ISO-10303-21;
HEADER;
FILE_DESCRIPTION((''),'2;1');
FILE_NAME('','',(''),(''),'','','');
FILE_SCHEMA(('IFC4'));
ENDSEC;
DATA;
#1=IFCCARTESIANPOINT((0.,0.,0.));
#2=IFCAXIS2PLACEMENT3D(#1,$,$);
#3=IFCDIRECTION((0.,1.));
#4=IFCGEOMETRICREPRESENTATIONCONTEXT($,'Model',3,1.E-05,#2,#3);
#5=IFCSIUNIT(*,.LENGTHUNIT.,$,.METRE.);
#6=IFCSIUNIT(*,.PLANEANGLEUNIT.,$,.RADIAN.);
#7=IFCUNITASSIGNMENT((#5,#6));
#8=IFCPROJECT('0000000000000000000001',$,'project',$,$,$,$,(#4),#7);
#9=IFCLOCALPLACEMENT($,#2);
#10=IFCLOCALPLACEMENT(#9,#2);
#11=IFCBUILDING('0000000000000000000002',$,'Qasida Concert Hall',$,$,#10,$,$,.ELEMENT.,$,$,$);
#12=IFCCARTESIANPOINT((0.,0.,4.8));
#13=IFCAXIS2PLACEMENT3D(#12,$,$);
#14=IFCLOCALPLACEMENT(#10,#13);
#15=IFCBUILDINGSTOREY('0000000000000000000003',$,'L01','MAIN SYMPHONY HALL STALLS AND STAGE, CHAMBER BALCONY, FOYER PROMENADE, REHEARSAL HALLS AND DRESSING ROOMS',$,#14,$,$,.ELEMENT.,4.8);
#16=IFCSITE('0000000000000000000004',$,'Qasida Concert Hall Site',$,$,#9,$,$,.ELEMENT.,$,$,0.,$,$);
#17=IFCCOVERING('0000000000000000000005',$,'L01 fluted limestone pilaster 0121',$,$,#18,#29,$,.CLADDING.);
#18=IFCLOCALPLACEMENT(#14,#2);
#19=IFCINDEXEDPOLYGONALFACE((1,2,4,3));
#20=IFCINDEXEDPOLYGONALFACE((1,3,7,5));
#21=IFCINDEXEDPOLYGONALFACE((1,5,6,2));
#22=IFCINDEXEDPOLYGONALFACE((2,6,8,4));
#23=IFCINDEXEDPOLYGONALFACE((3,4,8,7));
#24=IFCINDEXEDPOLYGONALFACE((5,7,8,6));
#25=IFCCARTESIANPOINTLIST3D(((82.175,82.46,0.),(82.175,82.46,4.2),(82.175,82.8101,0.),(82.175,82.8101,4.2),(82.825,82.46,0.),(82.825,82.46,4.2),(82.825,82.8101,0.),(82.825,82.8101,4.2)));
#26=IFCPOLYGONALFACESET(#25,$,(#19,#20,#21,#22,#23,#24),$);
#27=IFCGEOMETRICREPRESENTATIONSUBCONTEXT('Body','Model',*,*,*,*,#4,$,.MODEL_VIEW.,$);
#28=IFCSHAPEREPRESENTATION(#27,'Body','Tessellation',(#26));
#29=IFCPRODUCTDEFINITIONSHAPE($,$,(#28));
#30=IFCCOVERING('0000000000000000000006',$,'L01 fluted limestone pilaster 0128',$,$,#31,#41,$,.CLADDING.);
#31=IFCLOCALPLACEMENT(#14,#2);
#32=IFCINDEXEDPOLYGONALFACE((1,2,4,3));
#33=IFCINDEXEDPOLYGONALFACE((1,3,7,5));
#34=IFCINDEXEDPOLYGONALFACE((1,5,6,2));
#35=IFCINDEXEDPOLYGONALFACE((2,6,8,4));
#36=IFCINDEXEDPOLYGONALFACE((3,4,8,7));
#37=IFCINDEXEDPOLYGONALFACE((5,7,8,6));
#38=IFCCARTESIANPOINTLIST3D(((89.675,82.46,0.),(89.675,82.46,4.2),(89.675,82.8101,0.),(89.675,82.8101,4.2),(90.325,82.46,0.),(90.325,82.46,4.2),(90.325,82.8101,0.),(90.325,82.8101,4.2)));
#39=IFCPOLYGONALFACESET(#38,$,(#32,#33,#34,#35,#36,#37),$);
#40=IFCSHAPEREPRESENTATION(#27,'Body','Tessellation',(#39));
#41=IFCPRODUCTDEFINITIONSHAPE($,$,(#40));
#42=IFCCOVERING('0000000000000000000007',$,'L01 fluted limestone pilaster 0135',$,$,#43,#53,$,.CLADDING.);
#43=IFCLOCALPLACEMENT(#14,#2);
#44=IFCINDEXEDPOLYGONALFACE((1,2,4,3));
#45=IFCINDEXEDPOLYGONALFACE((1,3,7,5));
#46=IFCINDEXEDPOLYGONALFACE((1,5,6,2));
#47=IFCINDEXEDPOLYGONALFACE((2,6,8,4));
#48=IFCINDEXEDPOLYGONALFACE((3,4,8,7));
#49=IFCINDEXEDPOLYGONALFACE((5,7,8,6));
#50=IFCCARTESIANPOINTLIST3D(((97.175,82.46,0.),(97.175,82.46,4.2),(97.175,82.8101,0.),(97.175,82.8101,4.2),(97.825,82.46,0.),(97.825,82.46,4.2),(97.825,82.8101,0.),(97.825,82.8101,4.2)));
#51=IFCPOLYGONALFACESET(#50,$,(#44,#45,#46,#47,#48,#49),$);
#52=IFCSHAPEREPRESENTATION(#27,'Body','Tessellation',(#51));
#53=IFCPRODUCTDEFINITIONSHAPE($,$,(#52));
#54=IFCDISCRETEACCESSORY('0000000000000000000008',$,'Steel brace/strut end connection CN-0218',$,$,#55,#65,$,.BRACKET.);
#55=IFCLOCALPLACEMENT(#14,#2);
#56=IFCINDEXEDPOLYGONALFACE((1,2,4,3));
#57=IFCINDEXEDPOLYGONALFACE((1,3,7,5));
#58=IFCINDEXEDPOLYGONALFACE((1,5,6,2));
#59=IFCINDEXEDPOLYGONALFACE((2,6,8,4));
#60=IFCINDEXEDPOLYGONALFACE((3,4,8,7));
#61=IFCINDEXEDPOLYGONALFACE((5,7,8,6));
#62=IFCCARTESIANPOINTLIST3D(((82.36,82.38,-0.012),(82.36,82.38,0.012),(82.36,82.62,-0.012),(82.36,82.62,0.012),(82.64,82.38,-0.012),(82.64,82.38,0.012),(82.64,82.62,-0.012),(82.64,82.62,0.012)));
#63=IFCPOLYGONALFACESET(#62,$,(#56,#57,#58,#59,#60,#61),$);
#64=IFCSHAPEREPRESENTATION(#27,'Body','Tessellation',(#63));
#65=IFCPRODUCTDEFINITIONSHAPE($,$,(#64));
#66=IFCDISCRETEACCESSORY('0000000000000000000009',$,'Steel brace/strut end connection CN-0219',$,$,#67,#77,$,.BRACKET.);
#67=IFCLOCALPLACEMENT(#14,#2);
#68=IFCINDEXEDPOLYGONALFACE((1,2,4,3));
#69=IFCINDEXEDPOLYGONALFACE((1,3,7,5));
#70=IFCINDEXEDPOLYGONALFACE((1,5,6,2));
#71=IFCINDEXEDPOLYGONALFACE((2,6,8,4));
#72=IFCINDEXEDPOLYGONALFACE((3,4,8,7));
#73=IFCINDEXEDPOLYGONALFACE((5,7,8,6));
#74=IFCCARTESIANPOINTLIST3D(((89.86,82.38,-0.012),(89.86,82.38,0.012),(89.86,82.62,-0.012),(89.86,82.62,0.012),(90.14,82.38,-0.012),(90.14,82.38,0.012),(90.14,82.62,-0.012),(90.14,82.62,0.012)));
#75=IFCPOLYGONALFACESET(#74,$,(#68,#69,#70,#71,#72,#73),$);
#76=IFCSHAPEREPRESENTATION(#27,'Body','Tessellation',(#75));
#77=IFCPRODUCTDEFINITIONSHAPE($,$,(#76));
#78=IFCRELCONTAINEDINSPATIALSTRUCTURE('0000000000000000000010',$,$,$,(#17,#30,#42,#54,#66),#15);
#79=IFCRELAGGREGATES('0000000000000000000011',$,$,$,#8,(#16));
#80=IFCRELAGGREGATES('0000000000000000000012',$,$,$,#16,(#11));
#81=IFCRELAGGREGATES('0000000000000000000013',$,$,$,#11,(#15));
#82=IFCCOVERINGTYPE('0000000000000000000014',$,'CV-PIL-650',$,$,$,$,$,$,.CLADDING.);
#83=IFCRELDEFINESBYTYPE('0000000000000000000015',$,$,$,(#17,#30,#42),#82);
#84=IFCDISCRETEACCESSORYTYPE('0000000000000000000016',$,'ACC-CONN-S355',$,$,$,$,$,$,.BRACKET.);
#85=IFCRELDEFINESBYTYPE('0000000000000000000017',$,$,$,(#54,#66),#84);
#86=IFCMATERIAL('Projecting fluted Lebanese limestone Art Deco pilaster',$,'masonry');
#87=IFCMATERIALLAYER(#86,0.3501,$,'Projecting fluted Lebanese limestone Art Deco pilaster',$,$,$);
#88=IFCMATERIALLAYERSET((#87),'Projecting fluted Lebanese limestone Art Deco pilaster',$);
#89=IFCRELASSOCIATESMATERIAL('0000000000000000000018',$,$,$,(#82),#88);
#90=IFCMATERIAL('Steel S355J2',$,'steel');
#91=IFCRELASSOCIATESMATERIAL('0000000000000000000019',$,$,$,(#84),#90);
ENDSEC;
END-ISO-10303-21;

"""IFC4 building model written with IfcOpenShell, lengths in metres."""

from ifc_helpers import new_model, si_unit, direction, frame, origin, origin_2d, place, context, subcontext, project, spatial, rectangle, extrude, material, layer, layer_set, type_object, element, save


model = new_model("IFC4")

# Units and contexts
model_context = context("Model", 3, precision=1e-05, world=origin(), true_north=direction((0.0, 1.0)))
body_context = subcontext(model_context, "Body", "Model", "MODEL_VIEW")
ifc_project = project(units=[si_unit("LENGTHUNIT", "METRE"), si_unit("PLANEANGLEUNIT", "RADIAN")], contexts=[model_context])

# Site, building, storey
site_placement = place(None, origin())
site = spatial("IfcSite", under=ifc_project, at=site_placement, Name="Qasida Concert Hall Site", CompositionType="ELEMENT", RefElevation=0.0)
building_placement = place(site_placement, origin())
building = spatial("IfcBuilding", under=site, at=building_placement, Name="Qasida Concert Hall", CompositionType="ELEMENT")
storey_placement = place(building_placement, frame((0.0, 0.0, 4.8)))
storey = spatial("IfcBuildingStorey", under=building, at=storey_placement, Name="L01", Description="MAIN SYMPHONY HALL STALLS AND STAGE, CHAMBER BALCONY, FOYER PROMENADE, REHEARSAL HALLS AND DRESSING ROOMS", CompositionType="ELEMENT", Elevation=4.8)

# Shared definitions
ifc_material_1 = material(Name="Steel S355J2", Category="steel")

# Coverings
ifc_material_2 = material(Name="Projecting fluted Lebanese limestone Art Deco pilaster", Category="masonry")
ifc_layer_1 = layer(ifc_material_2, 0.3501, Name="Projecting fluted Lebanese limestone Art Deco pilaster")
ifc_layer_set_1 = layer_set([ifc_layer_1], Name="Projecting fluted Lebanese limestone Art Deco pilaster")
covering_type = type_object("IfcCoveringType", Name="CV-PIL-650", PredefinedType="CLADDING", material=ifc_layer_set_1)
for number, where, z_axis, x_axis, name in (
    (1, (82.5, 82.635, 0.0), (0.0, 0.0, 1.0), (1.0, 0.0, 0.0), "L01 fluted limestone pilaster 0121"),
    (2, (90.0, 82.635, 0.0), (0.0, 0.0, 1.0), (1.0, 0.0, 0.0), "L01 fluted limestone pilaster 0128"),
    (3, (97.5, 82.635, 0.0), (0.0, 0.0, 1.0), (1.0, 0.0, 0.0), "L01 fluted limestone pilaster 0135"),
):
    element("IfcCovering", number, at=place(storey_placement, frame(where, z_axis=z_axis, x_axis=x_axis)), inside=storey, type_object=covering_type, Name=name, PredefinedType="CLADDING", context=body_context, shape_type="SweptSolid", body=[
        extrude(rectangle(XDim=0.6499, YDim=0.3501, at=origin_2d()), origin(), (0.0, 0.0, 1.0), 4.2),
    ])

# Discrete accessories
discrete_accessory_type = type_object("IfcDiscreteAccessoryType", Name="ACC-CONN-S355", PredefinedType="BRACKET", material=ifc_material_1)
for number, where, z_axis, x_axis, name in (
    (4, (82.5, 82.5, -0.012), (0.0, 0.0, 1.0), (1.0, 0.0, 0.0), "Steel brace/strut end connection CN-0218"),
    (5, (90.0, 82.5, -0.012), (0.0, 0.0, 1.0), (1.0, 0.0, 0.0), "Steel brace/strut end connection CN-0219"),
):
    element("IfcDiscreteAccessory", number, at=place(storey_placement, frame(where, z_axis=z_axis, x_axis=x_axis)), inside=storey, type_object=discrete_accessory_type, Name=name, PredefinedType="BRACKET", context=body_context, shape_type="SweptSolid", body=[
        extrude(rectangle(XDim=0.28, YDim=0.24, at=origin_2d()), origin(), (0.0, 0.0, 1.0), 0.0239),
    ])

save(model, "model.ifc")
